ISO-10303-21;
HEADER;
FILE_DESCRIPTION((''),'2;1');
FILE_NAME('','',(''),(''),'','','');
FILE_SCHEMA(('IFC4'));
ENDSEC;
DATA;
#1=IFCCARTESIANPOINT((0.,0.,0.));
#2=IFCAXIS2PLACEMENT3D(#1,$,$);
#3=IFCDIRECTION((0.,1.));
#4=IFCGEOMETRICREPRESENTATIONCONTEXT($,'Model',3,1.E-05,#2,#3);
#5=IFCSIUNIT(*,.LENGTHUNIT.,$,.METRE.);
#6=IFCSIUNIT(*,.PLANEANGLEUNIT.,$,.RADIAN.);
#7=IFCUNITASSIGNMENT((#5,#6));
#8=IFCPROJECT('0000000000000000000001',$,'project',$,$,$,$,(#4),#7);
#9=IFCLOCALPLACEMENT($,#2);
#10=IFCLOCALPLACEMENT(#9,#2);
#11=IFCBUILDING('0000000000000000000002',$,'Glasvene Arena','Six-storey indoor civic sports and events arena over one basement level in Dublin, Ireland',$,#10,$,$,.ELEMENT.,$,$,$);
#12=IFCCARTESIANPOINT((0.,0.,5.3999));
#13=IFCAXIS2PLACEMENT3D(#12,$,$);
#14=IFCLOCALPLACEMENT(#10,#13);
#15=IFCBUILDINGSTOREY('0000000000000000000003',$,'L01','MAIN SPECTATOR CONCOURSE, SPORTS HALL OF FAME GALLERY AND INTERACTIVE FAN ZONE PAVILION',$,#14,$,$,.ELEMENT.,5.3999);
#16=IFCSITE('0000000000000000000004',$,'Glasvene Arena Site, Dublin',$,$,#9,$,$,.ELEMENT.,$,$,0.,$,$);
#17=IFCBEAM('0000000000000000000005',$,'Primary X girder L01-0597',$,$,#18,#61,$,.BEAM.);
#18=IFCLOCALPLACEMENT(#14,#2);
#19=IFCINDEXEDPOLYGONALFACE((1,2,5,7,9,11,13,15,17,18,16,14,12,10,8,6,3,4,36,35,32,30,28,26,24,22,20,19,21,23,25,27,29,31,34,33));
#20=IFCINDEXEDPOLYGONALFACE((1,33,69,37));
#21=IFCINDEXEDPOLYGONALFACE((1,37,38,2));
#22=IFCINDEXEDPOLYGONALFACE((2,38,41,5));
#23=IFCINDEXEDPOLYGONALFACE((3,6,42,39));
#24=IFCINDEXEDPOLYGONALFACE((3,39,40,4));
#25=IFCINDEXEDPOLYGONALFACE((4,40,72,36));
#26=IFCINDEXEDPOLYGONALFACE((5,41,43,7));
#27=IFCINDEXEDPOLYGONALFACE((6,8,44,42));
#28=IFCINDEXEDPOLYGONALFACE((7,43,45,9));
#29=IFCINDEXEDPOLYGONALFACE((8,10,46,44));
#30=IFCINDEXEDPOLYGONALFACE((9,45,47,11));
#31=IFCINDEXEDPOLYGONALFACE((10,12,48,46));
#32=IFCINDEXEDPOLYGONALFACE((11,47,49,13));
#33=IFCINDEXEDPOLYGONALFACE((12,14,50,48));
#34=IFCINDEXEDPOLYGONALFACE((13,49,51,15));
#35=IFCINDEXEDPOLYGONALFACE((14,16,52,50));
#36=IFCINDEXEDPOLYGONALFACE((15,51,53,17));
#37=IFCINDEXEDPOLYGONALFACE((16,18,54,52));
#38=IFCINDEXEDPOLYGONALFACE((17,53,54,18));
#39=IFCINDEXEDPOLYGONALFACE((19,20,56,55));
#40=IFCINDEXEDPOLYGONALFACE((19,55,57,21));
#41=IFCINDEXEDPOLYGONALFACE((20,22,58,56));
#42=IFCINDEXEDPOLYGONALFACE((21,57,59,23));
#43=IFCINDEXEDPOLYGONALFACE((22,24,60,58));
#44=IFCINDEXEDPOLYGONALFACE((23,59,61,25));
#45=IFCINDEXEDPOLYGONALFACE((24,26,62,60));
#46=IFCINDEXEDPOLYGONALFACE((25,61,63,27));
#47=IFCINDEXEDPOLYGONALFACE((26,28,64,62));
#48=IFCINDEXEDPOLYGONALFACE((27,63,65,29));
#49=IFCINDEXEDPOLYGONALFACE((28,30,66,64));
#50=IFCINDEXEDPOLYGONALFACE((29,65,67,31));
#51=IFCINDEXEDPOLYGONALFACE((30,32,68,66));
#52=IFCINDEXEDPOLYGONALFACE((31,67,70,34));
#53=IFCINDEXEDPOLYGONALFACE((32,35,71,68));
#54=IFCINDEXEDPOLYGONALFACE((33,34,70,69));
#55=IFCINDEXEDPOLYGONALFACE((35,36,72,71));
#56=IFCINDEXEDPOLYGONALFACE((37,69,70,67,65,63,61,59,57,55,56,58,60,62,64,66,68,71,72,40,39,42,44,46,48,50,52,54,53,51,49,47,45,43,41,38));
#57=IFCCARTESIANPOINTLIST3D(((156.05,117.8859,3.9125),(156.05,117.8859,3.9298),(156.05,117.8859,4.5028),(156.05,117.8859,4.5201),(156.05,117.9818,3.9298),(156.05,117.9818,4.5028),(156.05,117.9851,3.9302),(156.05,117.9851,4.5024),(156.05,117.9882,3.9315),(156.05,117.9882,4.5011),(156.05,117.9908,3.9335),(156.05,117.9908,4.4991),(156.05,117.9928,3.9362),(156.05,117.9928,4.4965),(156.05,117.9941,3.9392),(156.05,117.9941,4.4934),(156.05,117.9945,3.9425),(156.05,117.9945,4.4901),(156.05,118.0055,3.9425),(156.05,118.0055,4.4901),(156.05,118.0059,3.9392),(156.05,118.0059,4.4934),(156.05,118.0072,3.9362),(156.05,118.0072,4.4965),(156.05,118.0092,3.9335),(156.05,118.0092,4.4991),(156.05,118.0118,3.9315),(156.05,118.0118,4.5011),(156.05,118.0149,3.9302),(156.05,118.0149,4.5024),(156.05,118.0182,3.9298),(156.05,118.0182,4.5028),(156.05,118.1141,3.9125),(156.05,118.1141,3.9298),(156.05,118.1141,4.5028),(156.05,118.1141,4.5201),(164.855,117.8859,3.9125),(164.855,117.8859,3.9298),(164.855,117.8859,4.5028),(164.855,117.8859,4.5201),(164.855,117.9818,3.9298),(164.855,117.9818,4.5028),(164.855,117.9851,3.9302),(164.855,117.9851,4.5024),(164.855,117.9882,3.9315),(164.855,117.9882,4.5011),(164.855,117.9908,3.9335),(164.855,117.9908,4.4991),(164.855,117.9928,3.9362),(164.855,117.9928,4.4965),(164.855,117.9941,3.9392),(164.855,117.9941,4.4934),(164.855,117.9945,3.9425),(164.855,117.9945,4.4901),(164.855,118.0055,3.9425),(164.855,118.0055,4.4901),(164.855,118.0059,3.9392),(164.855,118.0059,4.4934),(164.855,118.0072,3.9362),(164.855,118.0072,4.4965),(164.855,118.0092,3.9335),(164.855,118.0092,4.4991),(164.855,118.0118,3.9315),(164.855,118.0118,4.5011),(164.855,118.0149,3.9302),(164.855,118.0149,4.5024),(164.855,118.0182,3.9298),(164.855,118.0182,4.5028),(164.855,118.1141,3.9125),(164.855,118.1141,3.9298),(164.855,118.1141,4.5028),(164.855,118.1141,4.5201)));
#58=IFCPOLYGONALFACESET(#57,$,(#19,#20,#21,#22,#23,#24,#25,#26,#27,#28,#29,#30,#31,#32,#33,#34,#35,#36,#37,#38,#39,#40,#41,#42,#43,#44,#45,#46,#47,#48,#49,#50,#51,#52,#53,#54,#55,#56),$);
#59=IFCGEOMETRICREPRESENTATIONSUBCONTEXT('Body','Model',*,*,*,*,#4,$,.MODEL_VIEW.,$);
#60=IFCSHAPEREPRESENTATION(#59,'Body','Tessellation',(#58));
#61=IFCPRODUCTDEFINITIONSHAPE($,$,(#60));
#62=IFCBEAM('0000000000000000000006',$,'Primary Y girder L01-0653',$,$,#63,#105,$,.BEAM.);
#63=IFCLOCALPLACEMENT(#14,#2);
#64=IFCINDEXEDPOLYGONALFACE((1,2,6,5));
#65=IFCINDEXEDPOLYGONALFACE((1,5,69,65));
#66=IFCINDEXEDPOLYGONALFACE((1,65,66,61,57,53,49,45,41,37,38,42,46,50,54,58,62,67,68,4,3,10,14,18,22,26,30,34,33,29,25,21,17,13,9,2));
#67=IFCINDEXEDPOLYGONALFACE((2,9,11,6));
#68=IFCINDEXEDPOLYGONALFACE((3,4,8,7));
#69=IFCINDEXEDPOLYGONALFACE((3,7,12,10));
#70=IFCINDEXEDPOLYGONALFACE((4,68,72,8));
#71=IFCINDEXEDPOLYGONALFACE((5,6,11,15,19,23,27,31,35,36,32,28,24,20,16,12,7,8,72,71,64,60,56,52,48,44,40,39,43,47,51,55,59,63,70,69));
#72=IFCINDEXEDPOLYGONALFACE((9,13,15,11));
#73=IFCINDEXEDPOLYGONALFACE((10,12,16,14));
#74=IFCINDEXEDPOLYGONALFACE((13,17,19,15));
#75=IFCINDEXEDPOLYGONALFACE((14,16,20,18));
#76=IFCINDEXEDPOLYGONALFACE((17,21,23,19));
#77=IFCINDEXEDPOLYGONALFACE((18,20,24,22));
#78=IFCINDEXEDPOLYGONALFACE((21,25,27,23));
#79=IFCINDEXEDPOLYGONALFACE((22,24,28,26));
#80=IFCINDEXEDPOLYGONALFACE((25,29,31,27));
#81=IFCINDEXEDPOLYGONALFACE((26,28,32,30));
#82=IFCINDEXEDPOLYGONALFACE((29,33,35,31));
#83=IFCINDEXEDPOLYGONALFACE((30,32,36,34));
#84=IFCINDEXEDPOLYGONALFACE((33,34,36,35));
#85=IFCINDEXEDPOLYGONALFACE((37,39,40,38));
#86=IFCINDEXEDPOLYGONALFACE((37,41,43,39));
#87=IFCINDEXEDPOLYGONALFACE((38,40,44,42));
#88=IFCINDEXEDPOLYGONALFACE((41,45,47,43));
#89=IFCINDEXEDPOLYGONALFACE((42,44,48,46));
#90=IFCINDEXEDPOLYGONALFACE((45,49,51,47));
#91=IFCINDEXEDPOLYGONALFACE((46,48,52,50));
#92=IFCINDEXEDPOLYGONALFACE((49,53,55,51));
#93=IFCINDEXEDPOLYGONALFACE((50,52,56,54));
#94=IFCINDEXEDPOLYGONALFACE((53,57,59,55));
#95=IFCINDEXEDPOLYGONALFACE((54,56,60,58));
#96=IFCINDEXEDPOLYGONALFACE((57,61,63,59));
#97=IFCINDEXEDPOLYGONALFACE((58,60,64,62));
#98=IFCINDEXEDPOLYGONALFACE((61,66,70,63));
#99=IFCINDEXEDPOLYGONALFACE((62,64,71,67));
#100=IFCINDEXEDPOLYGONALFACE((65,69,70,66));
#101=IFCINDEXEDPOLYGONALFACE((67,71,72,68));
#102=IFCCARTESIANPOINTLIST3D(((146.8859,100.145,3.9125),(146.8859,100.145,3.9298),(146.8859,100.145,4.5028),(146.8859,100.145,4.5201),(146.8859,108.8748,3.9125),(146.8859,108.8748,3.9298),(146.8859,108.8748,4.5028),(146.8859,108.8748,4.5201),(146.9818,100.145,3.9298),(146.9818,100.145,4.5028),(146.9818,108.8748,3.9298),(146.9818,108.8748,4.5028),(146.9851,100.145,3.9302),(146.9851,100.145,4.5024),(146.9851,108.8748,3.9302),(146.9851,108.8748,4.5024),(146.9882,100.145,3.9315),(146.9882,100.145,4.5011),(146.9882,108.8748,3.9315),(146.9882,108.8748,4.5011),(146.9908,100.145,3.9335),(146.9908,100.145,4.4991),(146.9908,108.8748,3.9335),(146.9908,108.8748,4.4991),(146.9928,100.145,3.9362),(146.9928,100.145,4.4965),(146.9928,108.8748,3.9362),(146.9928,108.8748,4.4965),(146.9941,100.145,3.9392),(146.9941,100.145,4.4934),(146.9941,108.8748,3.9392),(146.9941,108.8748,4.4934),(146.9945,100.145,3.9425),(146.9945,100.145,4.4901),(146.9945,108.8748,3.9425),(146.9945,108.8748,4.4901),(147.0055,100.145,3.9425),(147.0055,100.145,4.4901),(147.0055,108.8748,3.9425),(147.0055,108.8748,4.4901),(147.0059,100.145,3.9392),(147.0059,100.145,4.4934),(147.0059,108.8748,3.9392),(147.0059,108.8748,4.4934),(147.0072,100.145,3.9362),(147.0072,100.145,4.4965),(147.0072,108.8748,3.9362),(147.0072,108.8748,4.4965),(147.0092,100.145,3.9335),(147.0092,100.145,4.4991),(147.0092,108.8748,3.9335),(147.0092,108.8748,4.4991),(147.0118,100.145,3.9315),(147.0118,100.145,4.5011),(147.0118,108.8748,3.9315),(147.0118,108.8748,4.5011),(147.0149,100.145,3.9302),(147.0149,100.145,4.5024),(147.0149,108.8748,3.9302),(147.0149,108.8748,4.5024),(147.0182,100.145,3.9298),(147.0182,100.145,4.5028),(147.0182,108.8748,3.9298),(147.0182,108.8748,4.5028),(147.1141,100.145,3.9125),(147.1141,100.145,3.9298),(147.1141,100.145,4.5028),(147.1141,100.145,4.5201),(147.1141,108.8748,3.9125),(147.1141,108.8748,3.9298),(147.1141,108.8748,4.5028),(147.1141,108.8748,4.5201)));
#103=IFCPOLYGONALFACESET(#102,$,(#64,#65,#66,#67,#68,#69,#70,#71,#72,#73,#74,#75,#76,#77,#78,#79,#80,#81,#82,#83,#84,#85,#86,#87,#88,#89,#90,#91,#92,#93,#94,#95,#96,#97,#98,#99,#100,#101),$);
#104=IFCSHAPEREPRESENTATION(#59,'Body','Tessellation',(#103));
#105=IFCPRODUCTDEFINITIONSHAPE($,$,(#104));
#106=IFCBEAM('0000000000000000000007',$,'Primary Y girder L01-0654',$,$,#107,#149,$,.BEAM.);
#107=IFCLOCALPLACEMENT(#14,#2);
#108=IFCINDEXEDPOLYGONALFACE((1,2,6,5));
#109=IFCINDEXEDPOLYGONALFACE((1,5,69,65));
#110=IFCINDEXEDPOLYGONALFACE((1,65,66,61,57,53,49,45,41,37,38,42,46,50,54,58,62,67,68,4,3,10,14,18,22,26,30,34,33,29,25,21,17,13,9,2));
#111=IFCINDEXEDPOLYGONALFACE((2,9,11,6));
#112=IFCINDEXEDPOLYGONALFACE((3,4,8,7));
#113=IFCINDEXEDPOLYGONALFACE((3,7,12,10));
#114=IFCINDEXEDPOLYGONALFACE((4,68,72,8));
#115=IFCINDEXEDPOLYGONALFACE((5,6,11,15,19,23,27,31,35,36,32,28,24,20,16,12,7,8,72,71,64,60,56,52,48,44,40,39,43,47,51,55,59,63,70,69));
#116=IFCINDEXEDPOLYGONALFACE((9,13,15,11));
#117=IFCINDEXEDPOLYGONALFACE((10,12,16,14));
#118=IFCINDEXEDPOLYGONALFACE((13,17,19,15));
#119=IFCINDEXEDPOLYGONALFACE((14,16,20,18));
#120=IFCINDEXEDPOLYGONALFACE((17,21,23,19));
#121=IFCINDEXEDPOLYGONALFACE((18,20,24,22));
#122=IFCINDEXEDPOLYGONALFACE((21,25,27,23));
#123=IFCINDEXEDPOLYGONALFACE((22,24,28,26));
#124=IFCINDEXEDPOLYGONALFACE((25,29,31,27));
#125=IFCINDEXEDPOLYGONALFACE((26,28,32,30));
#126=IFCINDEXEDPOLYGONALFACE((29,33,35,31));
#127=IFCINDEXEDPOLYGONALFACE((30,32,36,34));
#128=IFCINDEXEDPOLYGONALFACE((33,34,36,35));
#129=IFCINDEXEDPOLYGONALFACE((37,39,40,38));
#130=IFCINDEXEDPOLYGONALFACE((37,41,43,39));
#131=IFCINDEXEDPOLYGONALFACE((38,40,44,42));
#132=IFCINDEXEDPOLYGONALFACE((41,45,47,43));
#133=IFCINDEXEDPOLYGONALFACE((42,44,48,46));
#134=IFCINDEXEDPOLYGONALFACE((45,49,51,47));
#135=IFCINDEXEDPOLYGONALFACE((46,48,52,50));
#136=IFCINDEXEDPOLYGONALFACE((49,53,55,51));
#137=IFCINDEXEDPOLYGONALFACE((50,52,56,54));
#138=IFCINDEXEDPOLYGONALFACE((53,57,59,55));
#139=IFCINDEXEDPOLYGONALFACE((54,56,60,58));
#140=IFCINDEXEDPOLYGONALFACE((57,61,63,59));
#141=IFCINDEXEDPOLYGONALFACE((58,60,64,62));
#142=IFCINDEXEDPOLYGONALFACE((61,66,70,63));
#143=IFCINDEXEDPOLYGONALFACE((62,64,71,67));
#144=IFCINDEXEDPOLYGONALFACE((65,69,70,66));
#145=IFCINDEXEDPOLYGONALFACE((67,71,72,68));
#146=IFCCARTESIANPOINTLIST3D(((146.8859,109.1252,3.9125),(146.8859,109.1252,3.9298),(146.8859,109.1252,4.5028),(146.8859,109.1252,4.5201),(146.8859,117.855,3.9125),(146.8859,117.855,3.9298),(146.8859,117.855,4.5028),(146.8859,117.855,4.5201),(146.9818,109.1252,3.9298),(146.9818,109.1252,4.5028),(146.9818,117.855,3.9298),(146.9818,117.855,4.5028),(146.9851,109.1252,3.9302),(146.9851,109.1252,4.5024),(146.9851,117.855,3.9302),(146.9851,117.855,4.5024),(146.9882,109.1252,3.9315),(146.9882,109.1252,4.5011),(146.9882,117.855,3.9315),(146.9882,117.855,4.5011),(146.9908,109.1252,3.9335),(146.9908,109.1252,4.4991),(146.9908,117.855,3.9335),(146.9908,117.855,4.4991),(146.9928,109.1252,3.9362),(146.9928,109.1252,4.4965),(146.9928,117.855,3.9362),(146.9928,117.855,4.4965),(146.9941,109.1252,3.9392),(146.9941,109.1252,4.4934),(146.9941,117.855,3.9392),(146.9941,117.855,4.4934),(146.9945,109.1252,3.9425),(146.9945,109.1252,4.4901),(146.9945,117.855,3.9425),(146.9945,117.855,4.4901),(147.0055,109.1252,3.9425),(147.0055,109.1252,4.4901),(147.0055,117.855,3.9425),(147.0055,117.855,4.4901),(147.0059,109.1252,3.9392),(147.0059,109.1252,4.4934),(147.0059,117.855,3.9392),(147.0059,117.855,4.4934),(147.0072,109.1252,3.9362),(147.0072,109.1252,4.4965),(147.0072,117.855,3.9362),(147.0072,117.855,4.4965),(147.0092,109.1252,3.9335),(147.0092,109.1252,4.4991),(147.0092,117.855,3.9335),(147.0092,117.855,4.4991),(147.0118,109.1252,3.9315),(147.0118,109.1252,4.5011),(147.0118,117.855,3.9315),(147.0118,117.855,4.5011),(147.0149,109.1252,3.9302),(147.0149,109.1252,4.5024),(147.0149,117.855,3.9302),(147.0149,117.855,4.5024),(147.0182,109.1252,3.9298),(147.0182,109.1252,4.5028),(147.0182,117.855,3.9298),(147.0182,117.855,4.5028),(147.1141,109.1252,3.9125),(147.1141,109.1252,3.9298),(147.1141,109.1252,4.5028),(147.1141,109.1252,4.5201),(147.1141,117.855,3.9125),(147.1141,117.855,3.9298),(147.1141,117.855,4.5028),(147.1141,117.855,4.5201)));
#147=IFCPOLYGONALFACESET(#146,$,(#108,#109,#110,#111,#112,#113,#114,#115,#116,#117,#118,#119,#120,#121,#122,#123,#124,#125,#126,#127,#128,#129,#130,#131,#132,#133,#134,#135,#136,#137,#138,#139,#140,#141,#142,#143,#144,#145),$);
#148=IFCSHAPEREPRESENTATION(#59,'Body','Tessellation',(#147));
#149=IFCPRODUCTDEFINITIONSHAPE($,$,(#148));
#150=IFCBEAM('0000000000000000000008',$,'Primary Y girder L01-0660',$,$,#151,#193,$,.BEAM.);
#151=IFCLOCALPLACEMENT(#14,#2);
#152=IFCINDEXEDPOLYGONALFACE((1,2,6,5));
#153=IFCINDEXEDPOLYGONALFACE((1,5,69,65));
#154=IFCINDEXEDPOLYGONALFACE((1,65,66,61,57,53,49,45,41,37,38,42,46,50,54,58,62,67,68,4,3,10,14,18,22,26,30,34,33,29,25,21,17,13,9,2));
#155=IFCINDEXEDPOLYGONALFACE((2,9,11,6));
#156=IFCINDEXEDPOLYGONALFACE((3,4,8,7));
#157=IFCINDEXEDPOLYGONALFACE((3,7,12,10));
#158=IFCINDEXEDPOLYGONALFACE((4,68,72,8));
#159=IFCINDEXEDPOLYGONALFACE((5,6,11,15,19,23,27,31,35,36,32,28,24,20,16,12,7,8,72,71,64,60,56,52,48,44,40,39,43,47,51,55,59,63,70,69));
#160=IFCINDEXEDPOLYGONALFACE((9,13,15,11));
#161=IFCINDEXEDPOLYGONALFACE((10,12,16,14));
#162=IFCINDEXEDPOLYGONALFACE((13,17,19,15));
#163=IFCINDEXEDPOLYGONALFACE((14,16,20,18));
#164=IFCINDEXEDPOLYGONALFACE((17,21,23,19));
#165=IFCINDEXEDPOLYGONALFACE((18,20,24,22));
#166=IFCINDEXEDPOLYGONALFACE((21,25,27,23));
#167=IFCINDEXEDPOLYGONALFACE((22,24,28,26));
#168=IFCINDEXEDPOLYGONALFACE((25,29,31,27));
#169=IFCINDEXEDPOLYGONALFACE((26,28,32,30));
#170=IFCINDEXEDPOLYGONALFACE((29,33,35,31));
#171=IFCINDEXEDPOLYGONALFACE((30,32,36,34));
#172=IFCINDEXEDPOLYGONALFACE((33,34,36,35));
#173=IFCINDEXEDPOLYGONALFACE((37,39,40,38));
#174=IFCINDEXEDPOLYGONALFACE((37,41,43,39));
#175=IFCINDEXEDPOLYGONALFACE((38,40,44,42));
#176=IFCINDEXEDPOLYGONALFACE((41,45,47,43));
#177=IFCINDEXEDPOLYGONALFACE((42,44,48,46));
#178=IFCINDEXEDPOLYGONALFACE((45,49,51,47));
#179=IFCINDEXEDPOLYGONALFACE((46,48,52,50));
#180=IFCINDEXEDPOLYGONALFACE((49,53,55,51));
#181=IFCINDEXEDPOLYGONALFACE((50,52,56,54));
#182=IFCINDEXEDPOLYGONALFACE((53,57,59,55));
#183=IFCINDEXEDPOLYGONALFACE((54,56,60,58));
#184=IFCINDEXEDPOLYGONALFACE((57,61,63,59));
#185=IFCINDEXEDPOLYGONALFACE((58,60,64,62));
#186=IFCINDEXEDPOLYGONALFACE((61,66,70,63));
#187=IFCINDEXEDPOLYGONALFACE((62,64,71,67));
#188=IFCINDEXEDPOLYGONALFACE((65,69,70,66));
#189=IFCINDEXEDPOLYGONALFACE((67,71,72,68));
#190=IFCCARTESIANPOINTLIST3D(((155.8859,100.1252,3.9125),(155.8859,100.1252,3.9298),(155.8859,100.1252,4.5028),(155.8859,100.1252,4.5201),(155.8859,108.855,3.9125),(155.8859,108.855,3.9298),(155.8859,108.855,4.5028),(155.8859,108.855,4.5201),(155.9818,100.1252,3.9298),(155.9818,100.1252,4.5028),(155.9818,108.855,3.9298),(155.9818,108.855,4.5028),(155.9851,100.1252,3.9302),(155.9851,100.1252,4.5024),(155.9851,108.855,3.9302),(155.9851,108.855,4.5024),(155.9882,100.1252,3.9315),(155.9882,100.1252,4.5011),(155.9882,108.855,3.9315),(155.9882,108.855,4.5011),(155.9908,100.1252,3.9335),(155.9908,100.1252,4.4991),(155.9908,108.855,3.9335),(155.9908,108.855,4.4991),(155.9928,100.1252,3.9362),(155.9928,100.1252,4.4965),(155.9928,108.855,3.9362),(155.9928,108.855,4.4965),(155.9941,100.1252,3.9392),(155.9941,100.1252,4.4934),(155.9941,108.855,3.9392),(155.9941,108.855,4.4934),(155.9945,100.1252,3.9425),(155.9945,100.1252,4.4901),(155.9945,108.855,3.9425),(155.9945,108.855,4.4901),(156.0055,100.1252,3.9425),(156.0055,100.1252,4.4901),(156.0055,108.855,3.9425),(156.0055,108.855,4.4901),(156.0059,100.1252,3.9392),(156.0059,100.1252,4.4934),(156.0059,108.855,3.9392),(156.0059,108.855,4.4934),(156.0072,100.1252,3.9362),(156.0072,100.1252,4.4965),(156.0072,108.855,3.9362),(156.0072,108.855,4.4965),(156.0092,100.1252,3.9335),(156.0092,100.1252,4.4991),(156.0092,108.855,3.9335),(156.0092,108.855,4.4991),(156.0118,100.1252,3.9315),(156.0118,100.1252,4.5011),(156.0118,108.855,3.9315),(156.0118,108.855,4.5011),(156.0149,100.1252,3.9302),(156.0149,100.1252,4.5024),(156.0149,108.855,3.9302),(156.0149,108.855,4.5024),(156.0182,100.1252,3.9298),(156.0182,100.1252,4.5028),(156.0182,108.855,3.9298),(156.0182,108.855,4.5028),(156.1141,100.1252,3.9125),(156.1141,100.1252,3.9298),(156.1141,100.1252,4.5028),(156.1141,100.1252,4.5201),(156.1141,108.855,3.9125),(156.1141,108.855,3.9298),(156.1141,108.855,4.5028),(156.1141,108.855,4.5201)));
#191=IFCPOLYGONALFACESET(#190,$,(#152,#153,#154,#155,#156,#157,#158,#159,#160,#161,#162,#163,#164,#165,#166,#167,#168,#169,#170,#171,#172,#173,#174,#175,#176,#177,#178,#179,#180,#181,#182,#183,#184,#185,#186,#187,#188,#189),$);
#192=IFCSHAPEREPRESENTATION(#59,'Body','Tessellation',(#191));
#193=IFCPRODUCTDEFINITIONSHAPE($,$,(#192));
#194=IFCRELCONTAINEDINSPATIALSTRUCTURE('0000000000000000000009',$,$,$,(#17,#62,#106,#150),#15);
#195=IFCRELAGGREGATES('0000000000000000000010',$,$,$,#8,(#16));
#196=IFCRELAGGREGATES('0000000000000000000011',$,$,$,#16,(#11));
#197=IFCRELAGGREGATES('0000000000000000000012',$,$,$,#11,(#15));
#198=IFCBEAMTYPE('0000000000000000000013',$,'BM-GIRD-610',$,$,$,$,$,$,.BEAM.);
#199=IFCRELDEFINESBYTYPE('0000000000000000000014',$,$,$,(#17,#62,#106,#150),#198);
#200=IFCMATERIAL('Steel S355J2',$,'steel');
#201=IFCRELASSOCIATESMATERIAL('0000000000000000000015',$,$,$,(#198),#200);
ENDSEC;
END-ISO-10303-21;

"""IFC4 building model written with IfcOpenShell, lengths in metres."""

from ifc_helpers import new_model, si_unit, direction, frame, origin, origin_2d, place, context, subcontext, project, spatial, i_section, extrude, material, material_profile, profile_set, type_object, element, save


model = new_model("IFC4")

# Units and contexts
model_context = context("Model", 3, precision=1e-05, world=origin(), true_north=direction((0.0, 1.0)))
body_context = subcontext(model_context, "Body", "Model", "MODEL_VIEW")
ifc_project = project(units=[si_unit("LENGTHUNIT", "METRE"), si_unit("PLANEANGLEUNIT", "RADIAN")], contexts=[model_context])

# Site, building, storey
site_placement = place(None, origin())
site = spatial("IfcSite", under=ifc_project, at=site_placement, Name="Glasvene Arena Site, Dublin", CompositionType="ELEMENT", RefElevation=0.0)
building_placement = place(site_placement, origin())
building = spatial("IfcBuilding", under=site, at=building_placement, Name="Glasvene Arena", Description="Six-storey indoor civic sports and events arena over one basement level in Dublin, Ireland", CompositionType="ELEMENT")
storey_placement = place(building_placement, frame((0.0, 0.0, 5.3999)))
storey = spatial("IfcBuildingStorey", under=building, at=storey_placement, Name="L01", Description="MAIN SPECTATOR CONCOURSE, SPORTS HALL OF FAME GALLERY AND INTERACTIVE FAN ZONE PAVILION", CompositionType="ELEMENT", Elevation=5.3999)

# Shared definitions
ifc_material_1 = material(Name="Steel S355J2", Category="steel")

# Beams
ifc_material_profile_1 = material_profile(ifc_material_1, i_section(OverallWidth=0.2283, OverallDepth=0.6077, WebThickness=0.011, FlangeThickness=0.0173, FilletRadius=0.0127, at=origin_2d()), Name="UKB 610x229x113")
ifc_profile_set_1 = profile_set([ifc_material_profile_1], Name="Steel S355J2")
beam_type_1 = type_object("IfcBeamType", Name="BM-GIRD-610", PredefinedType="BEAM", material=ifc_profile_set_1)
for number, where, z_axis, x_axis, name in (
    (1, (156.05, 118.0, 4.2163), (1.0, 0.0, 0.0), (0.0, 1.0, 0.0), "Primary X girder L01-0597"),
):
    element("IfcBeam", number, at=place(storey_placement, frame(where, z_axis=z_axis, x_axis=x_axis)), inside=storey, type_object=beam_type_1, Name=name, PredefinedType="BEAM", context=body_context, shape_type="SweptSolid", body=[
        extrude(i_section(OverallWidth=0.2283, OverallDepth=0.6077, WebThickness=0.011, FlangeThickness=0.0173, FilletRadius=0.0127, at=origin_2d()), origin(), (0.0, 0.0, 1.0), 8.8049),
    ])
for number, where, z_axis, x_axis, name in (
    (2, (147.0, 100.145, 4.2163), (0.0, 1.0, 0.0), (-1.0, 0.0, 0.0), "Primary Y girder L01-0653"),
    (3, (147.0, 109.1252, 4.2163), (0.0, 1.0, 0.0), (-1.0, 0.0, 0.0), "Primary Y girder L01-0654"),
    (4, (156.0, 100.1252, 4.2163), (0.0, 1.0, 0.0), (-1.0, 0.0, 0.0), "Primary Y girder L01-0660"),
):
    element("IfcBeam", number, at=place(storey_placement, frame(where, z_axis=z_axis, x_axis=x_axis)), inside=storey, type_object=beam_type_1, Name=name, PredefinedType="BEAM", context=body_context, shape_type="SweptSolid", body=[
        extrude(i_section(OverallWidth=0.2283, OverallDepth=0.6077, WebThickness=0.011, FlangeThickness=0.0173, FilletRadius=0.0127, at=origin_2d()), origin(), (0.0, 0.0, 1.0), 8.7297),
    ])

save(model, "model.ifc")
